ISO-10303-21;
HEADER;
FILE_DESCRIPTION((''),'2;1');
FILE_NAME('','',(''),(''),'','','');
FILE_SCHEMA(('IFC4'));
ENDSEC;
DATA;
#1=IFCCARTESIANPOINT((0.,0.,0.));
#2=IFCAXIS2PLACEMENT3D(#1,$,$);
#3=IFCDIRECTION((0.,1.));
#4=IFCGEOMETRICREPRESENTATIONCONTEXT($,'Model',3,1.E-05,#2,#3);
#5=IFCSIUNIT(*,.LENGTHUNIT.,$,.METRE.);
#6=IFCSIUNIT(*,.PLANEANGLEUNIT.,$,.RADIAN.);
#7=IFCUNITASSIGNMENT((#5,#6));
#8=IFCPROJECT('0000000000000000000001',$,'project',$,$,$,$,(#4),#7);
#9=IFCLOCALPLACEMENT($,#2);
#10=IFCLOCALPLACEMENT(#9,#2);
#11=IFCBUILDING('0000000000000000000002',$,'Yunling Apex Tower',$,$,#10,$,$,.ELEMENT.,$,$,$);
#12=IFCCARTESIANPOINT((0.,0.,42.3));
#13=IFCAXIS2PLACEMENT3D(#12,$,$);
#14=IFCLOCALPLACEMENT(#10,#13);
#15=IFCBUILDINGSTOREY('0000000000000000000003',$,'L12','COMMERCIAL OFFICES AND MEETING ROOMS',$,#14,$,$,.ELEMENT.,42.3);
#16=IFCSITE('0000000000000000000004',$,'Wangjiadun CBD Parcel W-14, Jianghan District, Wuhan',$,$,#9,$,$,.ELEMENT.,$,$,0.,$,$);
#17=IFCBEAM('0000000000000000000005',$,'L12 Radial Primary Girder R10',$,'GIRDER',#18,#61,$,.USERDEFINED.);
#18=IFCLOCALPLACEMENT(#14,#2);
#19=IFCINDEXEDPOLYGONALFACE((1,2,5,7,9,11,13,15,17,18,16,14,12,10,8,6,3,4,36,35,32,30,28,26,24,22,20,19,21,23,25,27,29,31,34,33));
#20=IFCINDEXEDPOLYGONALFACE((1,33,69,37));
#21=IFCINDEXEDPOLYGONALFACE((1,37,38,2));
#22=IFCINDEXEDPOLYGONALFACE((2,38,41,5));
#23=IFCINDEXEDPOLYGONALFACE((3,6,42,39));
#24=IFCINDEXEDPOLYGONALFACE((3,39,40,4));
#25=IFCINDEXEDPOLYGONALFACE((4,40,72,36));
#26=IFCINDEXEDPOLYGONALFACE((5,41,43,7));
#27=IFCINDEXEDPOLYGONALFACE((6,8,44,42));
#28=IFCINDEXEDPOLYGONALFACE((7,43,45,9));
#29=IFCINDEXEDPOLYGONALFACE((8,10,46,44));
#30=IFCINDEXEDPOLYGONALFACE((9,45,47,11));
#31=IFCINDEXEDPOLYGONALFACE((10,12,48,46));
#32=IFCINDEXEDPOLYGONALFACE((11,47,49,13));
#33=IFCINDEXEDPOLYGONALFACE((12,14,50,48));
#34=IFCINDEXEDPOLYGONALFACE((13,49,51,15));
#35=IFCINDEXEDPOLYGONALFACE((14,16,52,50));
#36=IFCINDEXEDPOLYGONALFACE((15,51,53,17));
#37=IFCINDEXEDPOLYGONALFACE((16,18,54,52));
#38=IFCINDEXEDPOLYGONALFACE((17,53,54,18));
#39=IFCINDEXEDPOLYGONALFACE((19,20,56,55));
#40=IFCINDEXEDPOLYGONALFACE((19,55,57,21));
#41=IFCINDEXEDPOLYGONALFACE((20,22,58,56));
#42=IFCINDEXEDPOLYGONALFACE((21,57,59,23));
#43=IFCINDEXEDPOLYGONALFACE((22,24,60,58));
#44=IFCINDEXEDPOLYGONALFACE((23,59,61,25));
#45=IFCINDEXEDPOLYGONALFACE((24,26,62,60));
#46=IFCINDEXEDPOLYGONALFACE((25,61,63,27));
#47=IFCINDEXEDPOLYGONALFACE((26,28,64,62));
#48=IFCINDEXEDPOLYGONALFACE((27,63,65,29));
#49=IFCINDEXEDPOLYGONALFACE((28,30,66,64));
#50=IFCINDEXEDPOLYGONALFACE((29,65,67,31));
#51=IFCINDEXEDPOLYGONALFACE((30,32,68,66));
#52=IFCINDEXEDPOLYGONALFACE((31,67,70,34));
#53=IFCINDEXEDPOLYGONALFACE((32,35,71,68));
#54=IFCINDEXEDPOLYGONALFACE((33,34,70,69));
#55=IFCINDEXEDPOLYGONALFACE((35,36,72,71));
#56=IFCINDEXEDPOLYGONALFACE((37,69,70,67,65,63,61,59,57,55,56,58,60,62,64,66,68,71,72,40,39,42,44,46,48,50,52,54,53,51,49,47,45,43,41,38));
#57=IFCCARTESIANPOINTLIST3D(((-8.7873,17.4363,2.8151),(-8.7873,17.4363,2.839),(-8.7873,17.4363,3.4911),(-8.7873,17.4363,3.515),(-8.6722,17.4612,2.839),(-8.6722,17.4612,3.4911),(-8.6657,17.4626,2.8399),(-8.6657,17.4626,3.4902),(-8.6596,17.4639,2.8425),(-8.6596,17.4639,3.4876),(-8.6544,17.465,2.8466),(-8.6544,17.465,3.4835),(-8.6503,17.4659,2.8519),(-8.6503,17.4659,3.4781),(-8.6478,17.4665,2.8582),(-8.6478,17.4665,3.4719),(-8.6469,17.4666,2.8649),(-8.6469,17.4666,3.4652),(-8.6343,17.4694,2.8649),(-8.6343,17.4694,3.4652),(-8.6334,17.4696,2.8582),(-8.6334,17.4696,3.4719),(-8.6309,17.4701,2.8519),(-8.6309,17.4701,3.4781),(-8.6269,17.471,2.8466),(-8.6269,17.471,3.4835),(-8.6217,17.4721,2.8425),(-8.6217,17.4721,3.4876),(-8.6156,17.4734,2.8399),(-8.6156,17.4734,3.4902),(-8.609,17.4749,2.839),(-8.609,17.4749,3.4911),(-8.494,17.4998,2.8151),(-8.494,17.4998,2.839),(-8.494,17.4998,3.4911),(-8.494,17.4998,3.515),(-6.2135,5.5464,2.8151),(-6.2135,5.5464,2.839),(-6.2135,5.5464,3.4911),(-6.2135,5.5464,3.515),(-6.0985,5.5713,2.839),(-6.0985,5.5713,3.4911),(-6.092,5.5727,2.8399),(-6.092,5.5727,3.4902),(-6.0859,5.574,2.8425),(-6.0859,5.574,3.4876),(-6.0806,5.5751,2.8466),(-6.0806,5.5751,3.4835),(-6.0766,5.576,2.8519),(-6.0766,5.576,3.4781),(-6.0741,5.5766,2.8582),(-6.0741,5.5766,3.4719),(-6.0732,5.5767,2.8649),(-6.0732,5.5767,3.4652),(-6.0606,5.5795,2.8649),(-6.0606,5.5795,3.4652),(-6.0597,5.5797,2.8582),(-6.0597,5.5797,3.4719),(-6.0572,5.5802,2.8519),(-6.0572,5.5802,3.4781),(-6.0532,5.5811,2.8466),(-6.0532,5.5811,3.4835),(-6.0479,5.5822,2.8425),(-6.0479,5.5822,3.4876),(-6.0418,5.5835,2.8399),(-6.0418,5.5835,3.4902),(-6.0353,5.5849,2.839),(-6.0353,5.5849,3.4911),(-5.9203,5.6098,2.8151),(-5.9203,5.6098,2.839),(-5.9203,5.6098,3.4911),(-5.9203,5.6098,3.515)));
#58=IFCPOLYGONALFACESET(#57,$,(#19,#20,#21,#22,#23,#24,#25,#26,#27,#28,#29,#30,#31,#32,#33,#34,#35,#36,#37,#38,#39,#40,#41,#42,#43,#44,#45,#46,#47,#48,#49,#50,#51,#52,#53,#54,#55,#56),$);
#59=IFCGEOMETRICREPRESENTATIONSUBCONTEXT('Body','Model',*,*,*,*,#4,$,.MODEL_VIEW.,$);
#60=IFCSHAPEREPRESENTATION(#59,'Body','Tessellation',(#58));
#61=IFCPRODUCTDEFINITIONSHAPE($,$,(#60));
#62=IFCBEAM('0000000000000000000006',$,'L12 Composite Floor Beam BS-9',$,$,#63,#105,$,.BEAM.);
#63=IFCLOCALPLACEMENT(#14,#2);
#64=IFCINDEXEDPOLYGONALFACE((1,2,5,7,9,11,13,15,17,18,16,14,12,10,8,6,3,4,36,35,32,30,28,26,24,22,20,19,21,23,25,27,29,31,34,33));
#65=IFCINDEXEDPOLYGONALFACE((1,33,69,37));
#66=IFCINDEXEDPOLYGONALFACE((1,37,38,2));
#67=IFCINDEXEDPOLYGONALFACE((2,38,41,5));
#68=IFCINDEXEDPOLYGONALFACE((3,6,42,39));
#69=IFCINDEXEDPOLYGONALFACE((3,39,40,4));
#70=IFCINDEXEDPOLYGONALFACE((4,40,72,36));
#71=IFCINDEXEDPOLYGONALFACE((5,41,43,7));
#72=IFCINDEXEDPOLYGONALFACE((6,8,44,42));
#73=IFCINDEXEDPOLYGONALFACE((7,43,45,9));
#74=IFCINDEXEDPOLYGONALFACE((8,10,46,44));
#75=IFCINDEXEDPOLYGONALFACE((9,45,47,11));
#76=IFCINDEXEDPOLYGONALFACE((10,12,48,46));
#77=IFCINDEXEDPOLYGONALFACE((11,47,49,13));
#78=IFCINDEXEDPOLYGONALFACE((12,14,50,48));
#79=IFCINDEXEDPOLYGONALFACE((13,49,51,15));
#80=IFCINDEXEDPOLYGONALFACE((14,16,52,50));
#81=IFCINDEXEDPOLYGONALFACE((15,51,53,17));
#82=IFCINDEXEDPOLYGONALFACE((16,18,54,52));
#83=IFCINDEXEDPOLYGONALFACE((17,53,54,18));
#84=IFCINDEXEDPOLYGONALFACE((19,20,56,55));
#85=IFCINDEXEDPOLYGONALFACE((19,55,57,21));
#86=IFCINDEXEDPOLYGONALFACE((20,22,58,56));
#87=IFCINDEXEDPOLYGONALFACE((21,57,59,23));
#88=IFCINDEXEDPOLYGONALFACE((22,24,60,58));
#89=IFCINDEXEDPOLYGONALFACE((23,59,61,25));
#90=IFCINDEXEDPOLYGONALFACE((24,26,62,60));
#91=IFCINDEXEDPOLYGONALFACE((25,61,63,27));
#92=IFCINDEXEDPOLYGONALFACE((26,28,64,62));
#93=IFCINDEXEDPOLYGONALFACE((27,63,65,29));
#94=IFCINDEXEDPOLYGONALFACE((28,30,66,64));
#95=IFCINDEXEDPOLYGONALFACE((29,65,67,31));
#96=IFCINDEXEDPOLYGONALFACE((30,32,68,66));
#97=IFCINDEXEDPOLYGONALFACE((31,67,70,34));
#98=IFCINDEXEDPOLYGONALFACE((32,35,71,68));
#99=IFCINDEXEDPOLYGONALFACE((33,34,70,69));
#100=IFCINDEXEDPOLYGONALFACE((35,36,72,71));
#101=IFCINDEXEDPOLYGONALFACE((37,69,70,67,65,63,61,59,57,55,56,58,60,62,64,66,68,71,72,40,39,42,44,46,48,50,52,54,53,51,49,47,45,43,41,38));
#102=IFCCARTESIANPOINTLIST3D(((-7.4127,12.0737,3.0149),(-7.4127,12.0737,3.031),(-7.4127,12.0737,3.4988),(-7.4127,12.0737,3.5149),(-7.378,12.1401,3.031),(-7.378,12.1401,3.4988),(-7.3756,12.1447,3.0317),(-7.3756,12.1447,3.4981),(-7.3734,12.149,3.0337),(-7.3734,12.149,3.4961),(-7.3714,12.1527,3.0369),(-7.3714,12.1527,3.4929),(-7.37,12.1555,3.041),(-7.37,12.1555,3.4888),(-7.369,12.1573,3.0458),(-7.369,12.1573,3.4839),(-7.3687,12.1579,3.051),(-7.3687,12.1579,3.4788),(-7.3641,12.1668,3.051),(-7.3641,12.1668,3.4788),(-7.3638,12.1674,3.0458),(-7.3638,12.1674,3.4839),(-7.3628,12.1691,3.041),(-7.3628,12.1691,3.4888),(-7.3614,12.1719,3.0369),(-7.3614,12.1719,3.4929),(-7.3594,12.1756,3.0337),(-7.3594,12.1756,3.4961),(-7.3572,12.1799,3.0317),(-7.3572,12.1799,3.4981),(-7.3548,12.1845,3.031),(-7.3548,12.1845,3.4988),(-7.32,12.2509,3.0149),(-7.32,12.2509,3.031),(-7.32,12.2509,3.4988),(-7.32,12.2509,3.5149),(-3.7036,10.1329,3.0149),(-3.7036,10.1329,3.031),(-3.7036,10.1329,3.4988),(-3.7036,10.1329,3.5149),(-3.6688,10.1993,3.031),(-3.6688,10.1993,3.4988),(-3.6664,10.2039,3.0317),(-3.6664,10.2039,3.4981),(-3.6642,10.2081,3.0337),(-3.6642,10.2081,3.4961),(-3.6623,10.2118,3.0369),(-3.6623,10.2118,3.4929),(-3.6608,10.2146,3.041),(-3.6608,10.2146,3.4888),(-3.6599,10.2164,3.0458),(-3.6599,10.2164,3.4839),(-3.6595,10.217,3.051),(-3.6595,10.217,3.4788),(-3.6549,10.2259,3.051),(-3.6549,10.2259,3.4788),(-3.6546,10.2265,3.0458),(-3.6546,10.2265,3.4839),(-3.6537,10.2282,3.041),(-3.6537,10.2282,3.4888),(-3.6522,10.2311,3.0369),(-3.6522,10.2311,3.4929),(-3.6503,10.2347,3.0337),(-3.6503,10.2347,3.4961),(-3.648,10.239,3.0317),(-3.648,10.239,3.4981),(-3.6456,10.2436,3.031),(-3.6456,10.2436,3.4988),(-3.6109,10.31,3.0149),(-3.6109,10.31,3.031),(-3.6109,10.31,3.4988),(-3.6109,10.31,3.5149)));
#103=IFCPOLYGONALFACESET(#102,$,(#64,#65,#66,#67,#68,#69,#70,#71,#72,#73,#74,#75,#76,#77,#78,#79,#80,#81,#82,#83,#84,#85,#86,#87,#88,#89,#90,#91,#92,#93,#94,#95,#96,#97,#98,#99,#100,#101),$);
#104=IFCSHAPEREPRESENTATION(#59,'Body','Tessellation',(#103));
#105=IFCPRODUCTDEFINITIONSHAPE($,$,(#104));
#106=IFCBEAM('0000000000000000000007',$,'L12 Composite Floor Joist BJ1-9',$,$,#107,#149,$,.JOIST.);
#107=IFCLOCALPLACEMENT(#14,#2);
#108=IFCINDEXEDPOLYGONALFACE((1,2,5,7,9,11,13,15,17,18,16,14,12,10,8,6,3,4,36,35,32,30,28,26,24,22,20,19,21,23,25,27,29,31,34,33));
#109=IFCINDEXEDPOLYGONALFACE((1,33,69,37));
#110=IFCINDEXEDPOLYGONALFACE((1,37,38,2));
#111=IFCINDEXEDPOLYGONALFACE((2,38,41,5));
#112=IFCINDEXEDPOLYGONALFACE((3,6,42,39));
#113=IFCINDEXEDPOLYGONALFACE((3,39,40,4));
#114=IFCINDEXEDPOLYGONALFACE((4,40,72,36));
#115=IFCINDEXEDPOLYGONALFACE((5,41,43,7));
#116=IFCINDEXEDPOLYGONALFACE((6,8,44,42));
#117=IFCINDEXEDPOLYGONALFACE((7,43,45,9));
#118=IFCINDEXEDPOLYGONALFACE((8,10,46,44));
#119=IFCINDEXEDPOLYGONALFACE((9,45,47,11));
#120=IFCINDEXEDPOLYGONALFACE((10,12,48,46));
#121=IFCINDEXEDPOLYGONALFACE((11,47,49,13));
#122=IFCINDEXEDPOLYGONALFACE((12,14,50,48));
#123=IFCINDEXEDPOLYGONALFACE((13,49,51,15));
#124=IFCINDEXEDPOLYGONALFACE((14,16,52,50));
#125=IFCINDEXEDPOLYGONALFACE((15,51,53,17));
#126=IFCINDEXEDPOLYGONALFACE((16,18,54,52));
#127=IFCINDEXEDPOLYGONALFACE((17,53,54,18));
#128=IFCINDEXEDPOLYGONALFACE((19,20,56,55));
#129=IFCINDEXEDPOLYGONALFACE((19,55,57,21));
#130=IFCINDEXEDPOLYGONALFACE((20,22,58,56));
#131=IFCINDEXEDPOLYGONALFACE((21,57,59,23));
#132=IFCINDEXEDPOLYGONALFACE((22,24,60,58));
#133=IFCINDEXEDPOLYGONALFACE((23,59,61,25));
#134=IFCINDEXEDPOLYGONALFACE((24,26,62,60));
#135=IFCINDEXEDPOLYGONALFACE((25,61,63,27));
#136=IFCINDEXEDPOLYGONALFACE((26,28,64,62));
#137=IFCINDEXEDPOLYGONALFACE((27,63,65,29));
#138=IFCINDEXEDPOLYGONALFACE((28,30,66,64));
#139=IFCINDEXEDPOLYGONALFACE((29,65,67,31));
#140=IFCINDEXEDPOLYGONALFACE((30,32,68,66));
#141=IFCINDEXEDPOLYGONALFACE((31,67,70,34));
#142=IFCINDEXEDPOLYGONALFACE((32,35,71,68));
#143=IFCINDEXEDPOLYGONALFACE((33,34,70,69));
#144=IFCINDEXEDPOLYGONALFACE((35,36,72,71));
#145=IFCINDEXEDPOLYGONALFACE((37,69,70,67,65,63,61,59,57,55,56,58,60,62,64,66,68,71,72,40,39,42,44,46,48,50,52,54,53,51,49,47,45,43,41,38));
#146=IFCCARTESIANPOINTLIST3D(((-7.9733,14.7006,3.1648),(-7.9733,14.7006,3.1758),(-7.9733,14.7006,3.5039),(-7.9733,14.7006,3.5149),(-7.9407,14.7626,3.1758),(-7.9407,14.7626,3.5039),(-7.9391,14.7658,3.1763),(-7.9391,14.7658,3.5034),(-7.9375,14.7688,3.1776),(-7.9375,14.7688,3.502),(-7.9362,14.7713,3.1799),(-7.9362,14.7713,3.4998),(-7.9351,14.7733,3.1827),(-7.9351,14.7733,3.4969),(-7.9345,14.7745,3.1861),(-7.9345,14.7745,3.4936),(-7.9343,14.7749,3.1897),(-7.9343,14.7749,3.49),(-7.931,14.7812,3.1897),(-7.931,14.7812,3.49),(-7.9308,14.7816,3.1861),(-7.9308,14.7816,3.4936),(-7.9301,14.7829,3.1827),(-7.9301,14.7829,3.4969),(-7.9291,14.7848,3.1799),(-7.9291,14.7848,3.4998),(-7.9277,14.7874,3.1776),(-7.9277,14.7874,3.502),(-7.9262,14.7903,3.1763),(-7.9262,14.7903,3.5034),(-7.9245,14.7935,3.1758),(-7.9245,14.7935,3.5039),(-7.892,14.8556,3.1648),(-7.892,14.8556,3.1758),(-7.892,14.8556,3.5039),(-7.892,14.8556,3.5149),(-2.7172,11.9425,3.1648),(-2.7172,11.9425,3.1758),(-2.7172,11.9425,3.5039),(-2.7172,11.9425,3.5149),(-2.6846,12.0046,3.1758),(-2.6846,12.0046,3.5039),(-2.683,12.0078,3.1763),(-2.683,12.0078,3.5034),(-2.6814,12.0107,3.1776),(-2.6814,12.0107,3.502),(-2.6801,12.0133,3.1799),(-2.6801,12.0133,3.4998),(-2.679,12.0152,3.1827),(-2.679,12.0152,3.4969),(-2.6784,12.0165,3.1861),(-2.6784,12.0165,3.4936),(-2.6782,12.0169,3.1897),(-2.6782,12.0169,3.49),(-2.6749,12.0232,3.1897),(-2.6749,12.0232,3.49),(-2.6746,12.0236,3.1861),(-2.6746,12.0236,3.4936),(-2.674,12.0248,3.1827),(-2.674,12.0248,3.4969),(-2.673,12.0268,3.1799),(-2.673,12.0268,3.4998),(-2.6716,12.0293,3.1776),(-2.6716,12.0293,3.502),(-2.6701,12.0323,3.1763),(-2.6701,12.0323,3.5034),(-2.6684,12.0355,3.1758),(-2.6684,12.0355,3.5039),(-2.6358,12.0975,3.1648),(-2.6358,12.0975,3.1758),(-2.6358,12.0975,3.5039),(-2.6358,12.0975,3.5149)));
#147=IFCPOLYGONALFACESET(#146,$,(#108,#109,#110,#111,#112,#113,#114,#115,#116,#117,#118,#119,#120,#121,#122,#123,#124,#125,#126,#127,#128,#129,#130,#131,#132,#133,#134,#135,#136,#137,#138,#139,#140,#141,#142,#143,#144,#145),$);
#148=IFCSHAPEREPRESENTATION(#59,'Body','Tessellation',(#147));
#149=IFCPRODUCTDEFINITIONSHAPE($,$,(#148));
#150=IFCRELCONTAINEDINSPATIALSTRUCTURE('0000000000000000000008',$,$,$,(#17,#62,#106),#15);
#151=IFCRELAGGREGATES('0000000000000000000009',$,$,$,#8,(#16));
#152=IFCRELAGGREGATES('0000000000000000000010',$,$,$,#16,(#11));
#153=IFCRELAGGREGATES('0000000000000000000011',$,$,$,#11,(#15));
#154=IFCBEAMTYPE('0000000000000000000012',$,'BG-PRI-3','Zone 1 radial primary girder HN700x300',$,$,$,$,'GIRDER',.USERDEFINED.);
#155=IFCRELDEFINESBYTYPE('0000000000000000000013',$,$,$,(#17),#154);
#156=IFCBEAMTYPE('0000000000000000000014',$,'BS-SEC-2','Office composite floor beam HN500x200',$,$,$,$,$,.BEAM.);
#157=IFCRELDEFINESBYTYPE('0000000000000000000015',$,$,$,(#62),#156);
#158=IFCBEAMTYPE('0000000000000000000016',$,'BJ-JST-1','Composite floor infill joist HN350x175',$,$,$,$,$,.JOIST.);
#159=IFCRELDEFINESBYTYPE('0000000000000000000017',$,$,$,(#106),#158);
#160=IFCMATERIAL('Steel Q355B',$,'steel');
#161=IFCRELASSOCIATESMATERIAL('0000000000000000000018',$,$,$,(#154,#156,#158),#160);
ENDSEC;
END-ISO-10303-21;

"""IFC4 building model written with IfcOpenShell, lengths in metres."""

from ifc_helpers import new_model, si_unit, direction, frame, origin, origin_2d, place, context, subcontext, project, spatial, i_section, extrude, source, transform, mapped, material, material_profile, profile_set, type_object, element, save


model = new_model("IFC4")

# Units and contexts
model_context = context("Model", 3, precision=1e-05, world=origin(), true_north=direction((0.0, 1.0)))
body_context = subcontext(model_context, "Body", "Model", "MODEL_VIEW")
ifc_project = project(units=[si_unit("LENGTHUNIT", "METRE"), si_unit("PLANEANGLEUNIT", "RADIAN")], contexts=[model_context])

# Site, building, storey
site_placement = place(None, origin())
site = spatial("IfcSite", under=ifc_project, at=site_placement, Name="Wangjiadun CBD Parcel W-14, Jianghan District, Wuhan", CompositionType="ELEMENT", RefElevation=0.0)
building_placement = place(site_placement, origin())
building = spatial("IfcBuilding", under=site, at=building_placement, Name="Yunling Apex Tower", CompositionType="ELEMENT")
storey_placement = place(building_placement, frame((0.0, 0.0, 42.3)))
storey = spatial("IfcBuildingStorey", under=building, at=storey_placement, Name="L12", Description="COMMERCIAL OFFICES AND MEETING ROOMS", CompositionType="ELEMENT", Elevation=42.3)

# Beams
ifc_material_1 = material(Name="Steel Q355B", Category="steel")
ifc_material_profile_1 = material_profile(ifc_material_1, i_section(OverallWidth=0.3, OverallDepth=0.7, WebThickness=0.0129, FlangeThickness=0.0239, FilletRadius=0.0259, at=origin_2d()))
ifc_profile_set_1 = profile_set([ifc_material_profile_1], Name="Steel Q355B")
beam_type_1 = type_object("IfcBeamType", Name="BG-PRI-3", Description="Zone 1 radial primary girder HN700x300", ElementType="GIRDER", PredefinedType="USERDEFINED", material=ifc_profile_set_1)
shared_shape_1 = source(origin(), body_context, "Body", "SweptSolid", [
    extrude(i_section(OverallWidth=0.3, OverallDepth=0.7, WebThickness=0.0129, FlangeThickness=0.0239, FilletRadius=0.0259, at=origin_2d()), origin(), (0.0, 0.0, 1.0), 12.1653),
])
beam_1_placement = place(storey_placement, frame((-8.6406, 17.468, 3.165), z_axis=(0.211564, -0.977364, 0.0), x_axis=(0.977364, 0.211564, 0.0)))
element("IfcBeam", 1, at=beam_1_placement, inside=storey, type_object=beam_type_1, Name="L12 Radial Primary Girder R10", ObjectType="GIRDER", PredefinedType="USERDEFINED", context=body_context, shape_type="MappedRepresentation", body=[
    mapped(shared_shape_1, transform((0.0, 0.0, 0.0), scale=1.0)),
])
ifc_material_profile_2 = material_profile(ifc_material_1, i_section(OverallWidth=0.2, OverallDepth=0.5, WebThickness=0.01, FlangeThickness=0.0161, FilletRadius=0.02, at=origin_2d()))
ifc_profile_set_2 = profile_set([ifc_material_profile_2], Name="Steel Q355B")
beam_type_2 = type_object("IfcBeamType", Name="BS-SEC-2", Description="Office composite floor beam HN500x200", PredefinedType="BEAM", material=ifc_profile_set_2)
shared_shape_2 = source(origin(), body_context, "Body", "SweptSolid", [
    extrude(i_section(OverallWidth=0.2, OverallDepth=0.5, WebThickness=0.01, FlangeThickness=0.0161, FilletRadius=0.02, at=origin_2d()), origin(), (0.0, 0.0, 1.0), 4.1863),
])
beam_2_placement = place(storey_placement, frame((-3.6572, 10.2214, 3.2649), z_axis=(-0.886029, 0.46363, 0.0), x_axis=(-0.46363, -0.886029, 0.0)))
element("IfcBeam", 2, at=beam_2_placement, inside=storey, type_object=beam_type_2, Name="L12 Composite Floor Beam BS-9", PredefinedType="BEAM", context=body_context, shape_type="MappedRepresentation", body=[
    mapped(shared_shape_2, transform((0.0, 0.0, 0.0), scale=1.0)),
])
ifc_material_profile_3 = material_profile(ifc_material_1, i_section(OverallWidth=0.175, OverallDepth=0.3501, WebThickness=0.0071, FlangeThickness=0.011, FilletRadius=0.0139, at=origin_2d()))
ifc_profile_set_3 = profile_set([ifc_material_profile_3], Name="Steel Q355B")
beam_type_3 = type_object("IfcBeamType", Name="BJ-JST-1", Description="Composite floor infill joist HN350x175", PredefinedType="JOIST", material=ifc_profile_set_3)
shared_shape_3 = source(origin(), body_context, "Body", "SweptSolid", [
    extrude(i_section(OverallWidth=0.175, OverallDepth=0.3501, WebThickness=0.0071, FlangeThickness=0.011, FilletRadius=0.0139, at=origin_2d()), origin(), (0.0, 0.0, 1.0), 5.9358),
])
beam_3_placement = place(storey_placement, frame((-2.6765, 12.02, 3.3398), z_axis=(-0.885495, 0.464649, 0.0), x_axis=(-0.464649, -0.885495, 0.0)))
element("IfcBeam", 3, at=beam_3_placement, inside=storey, type_object=beam_type_3, Name="L12 Composite Floor Joist BJ1-9", PredefinedType="JOIST", context=body_context, shape_type="MappedRepresentation", body=[
    mapped(shared_shape_3, transform((0.0, 0.0, 0.0), scale=1.0)),
])

save(model, "model.ifc")
